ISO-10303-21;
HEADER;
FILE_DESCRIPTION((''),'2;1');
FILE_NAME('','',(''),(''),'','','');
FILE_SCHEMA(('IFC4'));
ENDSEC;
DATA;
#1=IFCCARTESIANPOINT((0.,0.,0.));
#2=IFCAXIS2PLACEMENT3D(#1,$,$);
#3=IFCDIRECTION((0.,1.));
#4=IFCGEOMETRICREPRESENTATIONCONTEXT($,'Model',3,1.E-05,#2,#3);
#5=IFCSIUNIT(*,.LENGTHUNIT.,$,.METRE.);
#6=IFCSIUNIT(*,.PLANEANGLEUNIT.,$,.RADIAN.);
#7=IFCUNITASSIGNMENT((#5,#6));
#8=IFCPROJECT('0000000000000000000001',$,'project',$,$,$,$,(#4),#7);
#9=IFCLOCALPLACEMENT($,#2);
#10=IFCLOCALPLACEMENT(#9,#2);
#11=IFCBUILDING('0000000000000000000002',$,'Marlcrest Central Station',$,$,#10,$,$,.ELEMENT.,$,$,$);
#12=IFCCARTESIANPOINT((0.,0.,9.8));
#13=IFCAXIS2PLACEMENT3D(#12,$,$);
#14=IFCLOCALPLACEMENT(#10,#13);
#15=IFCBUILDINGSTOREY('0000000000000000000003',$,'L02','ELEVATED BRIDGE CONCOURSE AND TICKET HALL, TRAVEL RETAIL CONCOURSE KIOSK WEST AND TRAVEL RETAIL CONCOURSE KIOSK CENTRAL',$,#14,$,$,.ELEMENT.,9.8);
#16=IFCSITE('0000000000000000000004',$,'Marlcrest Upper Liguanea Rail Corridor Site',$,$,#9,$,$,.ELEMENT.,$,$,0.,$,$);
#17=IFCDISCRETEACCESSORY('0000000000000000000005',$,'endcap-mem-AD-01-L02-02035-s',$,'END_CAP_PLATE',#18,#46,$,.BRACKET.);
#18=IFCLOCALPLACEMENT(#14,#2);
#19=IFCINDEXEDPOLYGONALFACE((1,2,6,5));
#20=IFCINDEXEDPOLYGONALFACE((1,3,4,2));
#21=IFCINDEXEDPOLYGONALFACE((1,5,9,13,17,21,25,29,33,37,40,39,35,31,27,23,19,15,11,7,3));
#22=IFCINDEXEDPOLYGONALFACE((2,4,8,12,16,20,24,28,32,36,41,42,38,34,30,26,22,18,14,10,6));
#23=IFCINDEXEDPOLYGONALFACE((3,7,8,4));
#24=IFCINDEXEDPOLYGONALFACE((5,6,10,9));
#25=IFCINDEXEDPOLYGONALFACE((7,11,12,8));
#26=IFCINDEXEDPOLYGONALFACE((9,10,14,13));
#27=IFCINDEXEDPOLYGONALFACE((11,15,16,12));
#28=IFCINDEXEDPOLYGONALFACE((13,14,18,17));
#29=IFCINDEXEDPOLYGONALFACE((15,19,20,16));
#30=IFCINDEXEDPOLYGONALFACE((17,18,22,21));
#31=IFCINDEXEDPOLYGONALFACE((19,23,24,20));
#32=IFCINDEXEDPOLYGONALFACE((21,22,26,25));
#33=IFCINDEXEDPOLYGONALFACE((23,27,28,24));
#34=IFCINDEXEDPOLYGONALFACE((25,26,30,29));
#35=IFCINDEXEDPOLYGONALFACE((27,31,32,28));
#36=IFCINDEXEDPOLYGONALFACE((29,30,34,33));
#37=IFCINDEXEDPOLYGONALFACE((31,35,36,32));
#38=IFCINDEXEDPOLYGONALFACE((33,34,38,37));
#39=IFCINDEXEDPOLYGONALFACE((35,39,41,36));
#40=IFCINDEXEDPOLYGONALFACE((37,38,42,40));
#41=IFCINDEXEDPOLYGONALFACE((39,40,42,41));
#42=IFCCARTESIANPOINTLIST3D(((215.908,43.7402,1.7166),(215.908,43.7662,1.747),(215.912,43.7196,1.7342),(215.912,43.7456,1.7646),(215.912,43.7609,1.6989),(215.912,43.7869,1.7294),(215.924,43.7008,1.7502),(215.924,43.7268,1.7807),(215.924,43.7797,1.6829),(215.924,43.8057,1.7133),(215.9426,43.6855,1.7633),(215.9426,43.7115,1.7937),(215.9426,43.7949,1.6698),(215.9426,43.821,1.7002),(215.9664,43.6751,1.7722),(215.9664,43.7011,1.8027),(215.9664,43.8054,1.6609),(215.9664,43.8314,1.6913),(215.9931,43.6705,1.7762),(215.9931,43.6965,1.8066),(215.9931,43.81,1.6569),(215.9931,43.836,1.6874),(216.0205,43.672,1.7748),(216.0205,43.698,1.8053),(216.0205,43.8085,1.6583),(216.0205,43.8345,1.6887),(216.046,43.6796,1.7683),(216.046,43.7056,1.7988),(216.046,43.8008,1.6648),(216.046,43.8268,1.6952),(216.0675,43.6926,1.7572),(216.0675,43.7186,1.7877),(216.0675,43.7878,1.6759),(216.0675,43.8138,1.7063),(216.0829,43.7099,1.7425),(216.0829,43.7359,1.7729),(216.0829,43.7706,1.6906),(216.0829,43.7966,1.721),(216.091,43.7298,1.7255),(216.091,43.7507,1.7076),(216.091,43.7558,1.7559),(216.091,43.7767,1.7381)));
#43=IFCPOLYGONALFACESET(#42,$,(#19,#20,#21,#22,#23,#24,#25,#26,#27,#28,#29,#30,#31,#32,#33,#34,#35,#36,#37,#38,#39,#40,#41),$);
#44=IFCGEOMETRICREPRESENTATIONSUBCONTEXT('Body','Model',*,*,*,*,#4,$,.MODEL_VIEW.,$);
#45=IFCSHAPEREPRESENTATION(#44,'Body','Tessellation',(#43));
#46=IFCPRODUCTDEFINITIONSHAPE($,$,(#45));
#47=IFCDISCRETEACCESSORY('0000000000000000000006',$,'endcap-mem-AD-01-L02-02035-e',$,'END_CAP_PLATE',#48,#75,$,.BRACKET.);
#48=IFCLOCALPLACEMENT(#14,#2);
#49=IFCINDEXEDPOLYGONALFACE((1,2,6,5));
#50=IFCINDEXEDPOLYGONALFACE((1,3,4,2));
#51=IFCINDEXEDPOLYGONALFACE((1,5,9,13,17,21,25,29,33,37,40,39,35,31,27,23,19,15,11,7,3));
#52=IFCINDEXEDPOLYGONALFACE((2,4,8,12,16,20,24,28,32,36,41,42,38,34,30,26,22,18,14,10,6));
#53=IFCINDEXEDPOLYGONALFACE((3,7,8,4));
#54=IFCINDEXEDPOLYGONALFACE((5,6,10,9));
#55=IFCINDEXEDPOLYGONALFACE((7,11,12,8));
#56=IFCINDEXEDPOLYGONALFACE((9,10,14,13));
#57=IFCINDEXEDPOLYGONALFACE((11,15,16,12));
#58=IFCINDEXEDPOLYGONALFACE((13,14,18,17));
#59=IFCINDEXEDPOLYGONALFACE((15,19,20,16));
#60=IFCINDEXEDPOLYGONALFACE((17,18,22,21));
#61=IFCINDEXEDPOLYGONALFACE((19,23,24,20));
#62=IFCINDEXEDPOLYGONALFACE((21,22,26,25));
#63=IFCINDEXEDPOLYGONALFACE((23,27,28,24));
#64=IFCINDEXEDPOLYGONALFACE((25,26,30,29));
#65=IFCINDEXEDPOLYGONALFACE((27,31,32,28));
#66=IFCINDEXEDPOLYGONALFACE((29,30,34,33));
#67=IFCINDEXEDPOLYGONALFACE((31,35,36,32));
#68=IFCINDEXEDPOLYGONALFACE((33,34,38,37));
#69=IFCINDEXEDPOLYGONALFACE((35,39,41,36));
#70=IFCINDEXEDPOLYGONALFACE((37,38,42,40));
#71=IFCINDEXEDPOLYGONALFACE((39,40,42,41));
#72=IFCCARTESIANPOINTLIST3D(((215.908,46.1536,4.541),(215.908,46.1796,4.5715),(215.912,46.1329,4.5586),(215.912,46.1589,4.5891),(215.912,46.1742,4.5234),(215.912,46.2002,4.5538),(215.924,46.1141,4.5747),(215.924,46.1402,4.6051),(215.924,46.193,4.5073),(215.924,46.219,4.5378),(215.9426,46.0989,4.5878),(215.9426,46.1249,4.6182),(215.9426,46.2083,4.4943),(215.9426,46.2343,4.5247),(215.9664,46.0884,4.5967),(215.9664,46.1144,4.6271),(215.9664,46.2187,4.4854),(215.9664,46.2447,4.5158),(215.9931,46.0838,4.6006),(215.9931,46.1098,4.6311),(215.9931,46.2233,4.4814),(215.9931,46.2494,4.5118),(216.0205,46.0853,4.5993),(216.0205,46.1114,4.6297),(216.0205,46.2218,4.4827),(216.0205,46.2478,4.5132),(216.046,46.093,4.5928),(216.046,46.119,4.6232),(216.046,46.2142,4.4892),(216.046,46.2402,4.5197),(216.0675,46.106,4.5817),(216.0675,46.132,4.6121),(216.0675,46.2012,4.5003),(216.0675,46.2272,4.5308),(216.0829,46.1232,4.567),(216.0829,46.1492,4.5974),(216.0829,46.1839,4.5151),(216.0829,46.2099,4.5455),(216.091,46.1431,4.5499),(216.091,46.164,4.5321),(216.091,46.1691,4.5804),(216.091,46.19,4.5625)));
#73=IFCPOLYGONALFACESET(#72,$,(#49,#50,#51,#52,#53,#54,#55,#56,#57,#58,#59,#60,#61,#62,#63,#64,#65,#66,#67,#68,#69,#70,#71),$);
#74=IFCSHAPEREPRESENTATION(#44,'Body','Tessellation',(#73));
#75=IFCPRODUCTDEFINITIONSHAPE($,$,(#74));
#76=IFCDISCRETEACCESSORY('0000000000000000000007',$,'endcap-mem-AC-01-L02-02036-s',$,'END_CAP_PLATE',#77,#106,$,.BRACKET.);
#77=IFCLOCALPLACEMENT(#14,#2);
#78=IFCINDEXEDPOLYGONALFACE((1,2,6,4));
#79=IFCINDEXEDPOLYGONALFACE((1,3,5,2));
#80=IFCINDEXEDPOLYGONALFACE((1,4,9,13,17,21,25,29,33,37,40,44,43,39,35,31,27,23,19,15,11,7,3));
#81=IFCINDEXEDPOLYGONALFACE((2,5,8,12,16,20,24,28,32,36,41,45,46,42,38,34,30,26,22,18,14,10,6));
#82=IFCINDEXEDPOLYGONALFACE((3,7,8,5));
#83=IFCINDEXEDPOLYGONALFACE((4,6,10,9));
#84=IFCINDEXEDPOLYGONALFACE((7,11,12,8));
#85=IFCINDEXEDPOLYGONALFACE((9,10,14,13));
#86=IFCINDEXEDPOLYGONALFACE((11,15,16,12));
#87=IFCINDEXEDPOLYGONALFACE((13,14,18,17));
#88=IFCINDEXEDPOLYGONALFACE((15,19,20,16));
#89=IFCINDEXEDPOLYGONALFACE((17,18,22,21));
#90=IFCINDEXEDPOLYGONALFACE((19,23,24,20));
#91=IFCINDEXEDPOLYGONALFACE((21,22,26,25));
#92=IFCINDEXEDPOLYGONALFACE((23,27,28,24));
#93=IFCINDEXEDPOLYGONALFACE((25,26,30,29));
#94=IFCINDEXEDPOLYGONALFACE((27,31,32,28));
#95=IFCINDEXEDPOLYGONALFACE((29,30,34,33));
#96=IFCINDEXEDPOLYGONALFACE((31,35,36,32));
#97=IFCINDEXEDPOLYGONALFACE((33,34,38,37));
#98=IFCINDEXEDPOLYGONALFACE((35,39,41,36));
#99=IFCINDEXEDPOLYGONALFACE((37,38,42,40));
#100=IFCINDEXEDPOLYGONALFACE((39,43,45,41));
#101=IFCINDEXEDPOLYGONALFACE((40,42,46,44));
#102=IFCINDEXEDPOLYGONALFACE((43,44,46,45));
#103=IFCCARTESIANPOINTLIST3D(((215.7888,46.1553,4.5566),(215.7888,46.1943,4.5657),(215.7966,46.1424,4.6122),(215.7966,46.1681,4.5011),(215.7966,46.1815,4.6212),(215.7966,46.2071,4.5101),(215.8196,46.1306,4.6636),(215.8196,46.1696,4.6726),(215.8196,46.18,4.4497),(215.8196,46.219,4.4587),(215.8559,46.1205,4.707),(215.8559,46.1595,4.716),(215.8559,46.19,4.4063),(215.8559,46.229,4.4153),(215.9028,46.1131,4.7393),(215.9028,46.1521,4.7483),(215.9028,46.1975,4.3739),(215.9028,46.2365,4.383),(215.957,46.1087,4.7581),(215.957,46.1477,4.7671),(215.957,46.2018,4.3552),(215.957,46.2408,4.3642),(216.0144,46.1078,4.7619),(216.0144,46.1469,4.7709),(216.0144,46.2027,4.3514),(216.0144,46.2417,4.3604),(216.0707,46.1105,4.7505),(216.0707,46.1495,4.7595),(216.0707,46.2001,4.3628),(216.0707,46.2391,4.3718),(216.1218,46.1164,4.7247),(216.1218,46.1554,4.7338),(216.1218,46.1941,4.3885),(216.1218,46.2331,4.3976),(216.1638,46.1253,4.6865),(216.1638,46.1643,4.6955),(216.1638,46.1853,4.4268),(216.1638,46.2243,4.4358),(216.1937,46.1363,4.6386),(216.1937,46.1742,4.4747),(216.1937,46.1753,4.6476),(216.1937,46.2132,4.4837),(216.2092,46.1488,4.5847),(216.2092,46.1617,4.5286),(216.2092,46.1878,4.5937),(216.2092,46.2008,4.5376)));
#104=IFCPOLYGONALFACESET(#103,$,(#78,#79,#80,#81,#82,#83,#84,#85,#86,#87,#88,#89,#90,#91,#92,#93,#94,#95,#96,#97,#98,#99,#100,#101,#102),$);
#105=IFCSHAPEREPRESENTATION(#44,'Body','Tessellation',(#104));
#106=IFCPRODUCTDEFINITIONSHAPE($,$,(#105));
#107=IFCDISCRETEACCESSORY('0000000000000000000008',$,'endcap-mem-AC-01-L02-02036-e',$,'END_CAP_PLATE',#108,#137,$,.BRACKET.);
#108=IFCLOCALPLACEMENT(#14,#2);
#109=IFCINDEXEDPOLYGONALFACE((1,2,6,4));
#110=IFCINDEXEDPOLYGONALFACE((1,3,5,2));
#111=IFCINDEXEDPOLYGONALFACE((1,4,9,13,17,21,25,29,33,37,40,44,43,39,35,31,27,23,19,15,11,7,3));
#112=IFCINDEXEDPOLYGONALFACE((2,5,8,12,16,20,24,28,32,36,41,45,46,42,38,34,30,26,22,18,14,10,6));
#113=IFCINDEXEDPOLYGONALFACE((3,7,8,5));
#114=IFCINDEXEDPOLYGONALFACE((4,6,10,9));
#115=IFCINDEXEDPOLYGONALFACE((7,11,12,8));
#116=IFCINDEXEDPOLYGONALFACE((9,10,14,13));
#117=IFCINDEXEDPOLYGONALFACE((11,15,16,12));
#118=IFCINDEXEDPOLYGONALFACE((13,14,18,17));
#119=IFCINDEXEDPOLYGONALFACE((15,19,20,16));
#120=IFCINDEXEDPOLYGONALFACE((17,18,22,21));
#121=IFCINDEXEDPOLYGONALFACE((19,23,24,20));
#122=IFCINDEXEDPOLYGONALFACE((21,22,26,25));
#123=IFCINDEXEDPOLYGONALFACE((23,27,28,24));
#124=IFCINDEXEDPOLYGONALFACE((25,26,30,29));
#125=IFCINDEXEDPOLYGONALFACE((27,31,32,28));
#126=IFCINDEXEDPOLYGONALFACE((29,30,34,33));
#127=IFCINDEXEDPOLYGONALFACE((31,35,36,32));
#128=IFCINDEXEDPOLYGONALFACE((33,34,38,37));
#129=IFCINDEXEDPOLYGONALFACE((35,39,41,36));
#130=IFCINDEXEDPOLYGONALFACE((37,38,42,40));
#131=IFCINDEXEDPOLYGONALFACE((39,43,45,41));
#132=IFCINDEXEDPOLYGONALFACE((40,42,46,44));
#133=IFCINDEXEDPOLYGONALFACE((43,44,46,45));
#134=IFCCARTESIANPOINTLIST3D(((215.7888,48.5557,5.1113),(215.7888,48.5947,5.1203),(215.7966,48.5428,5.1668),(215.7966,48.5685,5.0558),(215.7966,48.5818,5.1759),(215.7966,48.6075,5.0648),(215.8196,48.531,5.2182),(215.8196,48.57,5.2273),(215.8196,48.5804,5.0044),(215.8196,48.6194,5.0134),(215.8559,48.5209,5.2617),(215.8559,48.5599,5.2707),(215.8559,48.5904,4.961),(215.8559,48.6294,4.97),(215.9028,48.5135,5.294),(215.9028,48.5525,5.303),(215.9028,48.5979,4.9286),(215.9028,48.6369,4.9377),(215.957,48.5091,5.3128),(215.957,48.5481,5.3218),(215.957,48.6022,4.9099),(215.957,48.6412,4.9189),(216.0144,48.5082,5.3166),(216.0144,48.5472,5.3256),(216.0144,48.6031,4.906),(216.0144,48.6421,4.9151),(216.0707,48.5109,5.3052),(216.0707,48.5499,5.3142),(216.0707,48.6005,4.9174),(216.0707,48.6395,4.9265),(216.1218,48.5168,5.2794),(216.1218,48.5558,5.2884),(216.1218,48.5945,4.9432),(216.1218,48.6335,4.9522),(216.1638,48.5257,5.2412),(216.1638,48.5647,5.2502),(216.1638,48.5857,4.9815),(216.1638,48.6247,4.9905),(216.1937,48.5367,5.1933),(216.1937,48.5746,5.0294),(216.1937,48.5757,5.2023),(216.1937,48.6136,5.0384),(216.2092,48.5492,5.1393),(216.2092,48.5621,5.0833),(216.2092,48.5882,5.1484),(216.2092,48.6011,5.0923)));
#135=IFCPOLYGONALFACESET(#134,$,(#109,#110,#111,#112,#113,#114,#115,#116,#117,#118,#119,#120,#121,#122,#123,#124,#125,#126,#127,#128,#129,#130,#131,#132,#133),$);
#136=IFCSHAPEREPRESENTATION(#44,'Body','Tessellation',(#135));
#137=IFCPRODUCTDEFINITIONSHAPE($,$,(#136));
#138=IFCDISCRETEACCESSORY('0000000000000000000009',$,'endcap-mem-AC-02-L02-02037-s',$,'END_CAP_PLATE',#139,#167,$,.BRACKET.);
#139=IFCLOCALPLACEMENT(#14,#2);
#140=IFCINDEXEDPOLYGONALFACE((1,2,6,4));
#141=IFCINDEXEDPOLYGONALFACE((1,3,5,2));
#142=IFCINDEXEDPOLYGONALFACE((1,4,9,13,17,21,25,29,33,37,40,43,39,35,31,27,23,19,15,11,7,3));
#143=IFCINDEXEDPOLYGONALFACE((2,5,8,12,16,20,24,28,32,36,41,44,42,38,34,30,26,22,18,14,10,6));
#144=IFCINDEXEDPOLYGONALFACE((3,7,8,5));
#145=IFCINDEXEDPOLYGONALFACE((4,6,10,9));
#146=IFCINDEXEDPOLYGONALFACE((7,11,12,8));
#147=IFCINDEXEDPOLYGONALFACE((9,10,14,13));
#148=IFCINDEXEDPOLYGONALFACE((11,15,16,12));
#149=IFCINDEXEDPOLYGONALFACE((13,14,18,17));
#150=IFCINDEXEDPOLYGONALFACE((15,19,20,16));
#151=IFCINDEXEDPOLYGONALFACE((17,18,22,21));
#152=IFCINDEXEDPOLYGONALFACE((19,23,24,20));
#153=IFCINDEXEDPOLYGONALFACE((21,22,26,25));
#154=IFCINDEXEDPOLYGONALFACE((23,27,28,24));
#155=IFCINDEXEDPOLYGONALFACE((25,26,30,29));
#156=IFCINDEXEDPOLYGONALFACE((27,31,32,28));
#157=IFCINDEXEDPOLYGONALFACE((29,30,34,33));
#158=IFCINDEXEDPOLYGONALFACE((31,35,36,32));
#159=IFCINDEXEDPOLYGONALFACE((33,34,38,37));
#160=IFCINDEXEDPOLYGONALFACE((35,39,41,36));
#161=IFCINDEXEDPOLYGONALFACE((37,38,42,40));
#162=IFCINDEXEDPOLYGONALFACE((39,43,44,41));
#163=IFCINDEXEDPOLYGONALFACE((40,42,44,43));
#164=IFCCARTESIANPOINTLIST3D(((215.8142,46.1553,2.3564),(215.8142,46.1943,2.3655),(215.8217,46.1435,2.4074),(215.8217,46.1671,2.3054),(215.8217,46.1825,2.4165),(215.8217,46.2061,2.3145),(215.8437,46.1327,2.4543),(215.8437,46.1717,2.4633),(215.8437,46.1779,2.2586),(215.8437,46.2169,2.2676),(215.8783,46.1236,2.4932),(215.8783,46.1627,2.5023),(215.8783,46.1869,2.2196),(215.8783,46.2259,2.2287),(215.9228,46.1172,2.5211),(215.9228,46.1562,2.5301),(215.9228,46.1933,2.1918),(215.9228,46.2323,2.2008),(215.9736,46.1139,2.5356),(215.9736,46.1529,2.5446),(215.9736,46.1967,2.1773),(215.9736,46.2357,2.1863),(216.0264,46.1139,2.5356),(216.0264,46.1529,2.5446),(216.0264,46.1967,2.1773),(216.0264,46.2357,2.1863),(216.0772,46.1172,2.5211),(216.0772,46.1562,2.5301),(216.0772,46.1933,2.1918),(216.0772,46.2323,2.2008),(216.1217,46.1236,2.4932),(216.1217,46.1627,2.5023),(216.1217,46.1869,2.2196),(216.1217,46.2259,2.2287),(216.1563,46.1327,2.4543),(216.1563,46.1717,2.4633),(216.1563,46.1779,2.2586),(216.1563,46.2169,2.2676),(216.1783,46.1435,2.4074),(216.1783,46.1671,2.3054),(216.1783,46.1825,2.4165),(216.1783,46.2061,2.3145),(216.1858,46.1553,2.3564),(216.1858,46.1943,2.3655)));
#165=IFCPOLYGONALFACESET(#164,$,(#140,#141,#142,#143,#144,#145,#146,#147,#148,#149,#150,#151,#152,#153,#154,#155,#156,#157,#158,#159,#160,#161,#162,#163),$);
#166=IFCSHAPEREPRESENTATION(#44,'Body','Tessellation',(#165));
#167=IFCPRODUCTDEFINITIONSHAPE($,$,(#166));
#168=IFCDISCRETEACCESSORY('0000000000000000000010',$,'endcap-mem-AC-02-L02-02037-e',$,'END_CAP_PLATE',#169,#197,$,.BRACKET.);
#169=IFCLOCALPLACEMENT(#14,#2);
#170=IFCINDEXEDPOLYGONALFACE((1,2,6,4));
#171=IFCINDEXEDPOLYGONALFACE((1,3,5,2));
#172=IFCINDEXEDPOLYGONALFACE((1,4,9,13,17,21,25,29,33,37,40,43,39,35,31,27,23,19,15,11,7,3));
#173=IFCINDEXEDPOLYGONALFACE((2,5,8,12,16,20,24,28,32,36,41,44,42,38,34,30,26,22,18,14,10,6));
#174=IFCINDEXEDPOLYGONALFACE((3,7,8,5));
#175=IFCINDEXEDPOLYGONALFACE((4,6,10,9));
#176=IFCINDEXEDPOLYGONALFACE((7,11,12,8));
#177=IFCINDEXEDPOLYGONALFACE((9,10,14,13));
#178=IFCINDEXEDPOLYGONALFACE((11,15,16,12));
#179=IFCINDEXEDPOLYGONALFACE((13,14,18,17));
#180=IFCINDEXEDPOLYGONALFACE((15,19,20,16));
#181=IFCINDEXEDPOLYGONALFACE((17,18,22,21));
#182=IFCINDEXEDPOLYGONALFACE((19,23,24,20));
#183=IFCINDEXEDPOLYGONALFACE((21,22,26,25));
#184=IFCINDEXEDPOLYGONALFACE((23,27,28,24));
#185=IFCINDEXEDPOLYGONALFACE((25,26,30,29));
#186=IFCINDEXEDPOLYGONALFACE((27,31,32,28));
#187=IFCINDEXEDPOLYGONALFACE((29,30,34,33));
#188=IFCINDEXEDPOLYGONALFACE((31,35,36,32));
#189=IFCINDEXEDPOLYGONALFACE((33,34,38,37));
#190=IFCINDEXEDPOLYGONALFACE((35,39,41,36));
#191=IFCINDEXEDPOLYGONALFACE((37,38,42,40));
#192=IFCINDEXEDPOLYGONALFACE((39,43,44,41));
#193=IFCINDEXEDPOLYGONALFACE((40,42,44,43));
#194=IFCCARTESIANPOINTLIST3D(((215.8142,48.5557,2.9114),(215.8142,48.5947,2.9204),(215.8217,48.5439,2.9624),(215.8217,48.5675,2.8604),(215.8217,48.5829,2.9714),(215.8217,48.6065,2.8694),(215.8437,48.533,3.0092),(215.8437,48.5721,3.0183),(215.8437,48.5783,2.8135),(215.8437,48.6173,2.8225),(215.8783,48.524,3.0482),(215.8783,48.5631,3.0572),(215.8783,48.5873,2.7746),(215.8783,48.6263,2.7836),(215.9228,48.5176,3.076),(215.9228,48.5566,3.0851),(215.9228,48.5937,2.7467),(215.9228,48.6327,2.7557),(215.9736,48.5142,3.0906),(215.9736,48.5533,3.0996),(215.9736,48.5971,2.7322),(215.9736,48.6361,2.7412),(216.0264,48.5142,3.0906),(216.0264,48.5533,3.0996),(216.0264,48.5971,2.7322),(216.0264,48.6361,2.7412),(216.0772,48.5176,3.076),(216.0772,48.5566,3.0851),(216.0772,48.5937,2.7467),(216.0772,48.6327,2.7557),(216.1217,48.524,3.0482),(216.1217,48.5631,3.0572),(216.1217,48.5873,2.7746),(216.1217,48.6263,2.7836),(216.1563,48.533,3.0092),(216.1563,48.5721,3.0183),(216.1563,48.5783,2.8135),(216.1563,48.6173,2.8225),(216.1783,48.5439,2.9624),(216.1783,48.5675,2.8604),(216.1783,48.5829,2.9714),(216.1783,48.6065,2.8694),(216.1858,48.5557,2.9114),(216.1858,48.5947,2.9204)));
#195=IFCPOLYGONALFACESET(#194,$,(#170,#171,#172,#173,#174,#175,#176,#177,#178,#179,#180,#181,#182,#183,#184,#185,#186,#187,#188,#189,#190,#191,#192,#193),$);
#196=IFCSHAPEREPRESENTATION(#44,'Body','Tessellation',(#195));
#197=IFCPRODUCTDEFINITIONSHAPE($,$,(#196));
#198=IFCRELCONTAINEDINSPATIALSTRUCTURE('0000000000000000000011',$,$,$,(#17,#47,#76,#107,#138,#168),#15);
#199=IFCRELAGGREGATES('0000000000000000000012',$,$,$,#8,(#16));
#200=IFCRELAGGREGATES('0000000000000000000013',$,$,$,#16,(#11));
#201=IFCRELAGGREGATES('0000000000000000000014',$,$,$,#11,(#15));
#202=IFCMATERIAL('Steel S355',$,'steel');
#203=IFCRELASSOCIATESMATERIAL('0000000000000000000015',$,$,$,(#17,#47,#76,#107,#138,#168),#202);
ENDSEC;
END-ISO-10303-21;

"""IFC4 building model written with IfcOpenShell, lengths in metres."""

from ifc_helpers import new_model, si_unit, direction, frame, origin, origin_2d, place, context, subcontext, project, spatial, circle, extrude, material, element, save


model = new_model("IFC4")

# Units and contexts
model_context = context("Model", 3, precision=1e-05, world=origin(), true_north=direction((0.0, 1.0)))
body_context = subcontext(model_context, "Body", "Model", "MODEL_VIEW")
ifc_project = project(units=[si_unit("LENGTHUNIT", "METRE"), si_unit("PLANEANGLEUNIT", "RADIAN")], contexts=[model_context])

# Site, building, storey
site_placement = place(None, origin())
site = spatial("IfcSite", under=ifc_project, at=site_placement, Name="Marlcrest Upper Liguanea Rail Corridor Site", CompositionType="ELEMENT", RefElevation=0.0)
building_placement = place(site_placement, origin())
building = spatial("IfcBuilding", under=site, at=building_placement, Name="Marlcrest Central Station", CompositionType="ELEMENT")
storey_placement = place(building_placement, frame((0.0, 0.0, 9.8)))
storey = spatial("IfcBuildingStorey", under=building, at=storey_placement, Name="L02", Description="ELEVATED BRIDGE CONCOURSE AND TICKET HALL, TRAVEL RETAIL CONCOURSE KIOSK WEST AND TRAVEL RETAIL CONCOURSE KIOSK CENTRAL", CompositionType="ELEMENT", Elevation=9.8)

# Shared definitions
ifc_material = material(Name="Steel S355", Category="steel")

# Discrete accessories
for number, where, z_axis, x_axis, name in (
    (1, (216.0, 43.7402, 1.7166), (0.0, 0.649625, 0.760255), (-1.0, 0.0, 0.0), "endcap-mem-AD-01-L02-02035-s"),
    (2, (216.0, 46.1536, 4.541), (0.0, 0.649625, 0.760255), (-1.0, 0.0, 0.0), "endcap-mem-AD-01-L02-02035-e"),
):
    element("IfcDiscreteAccessory", number, at=place(storey_placement, frame(where, z_axis=z_axis, x_axis=x_axis)), inside=storey, material=ifc_material, Name=name, ObjectType="END_CAP_PLATE", PredefinedType="BRACKET", context=body_context, shape_type="SweptSolid", body=[
        extrude(circle(Radius=0.092, at=origin_2d()), origin(), (0.0, 0.0, 1.0), 0.04),
    ])
for number, where, z_axis, x_axis, name in (
    (3, (216.0, 46.1553, 4.5566), (0.0, 0.97433, 0.225126), (-1.0, 0.0, 0.0), "endcap-mem-AC-01-L02-02036-s"),
    (4, (216.0, 48.5557, 5.1113), (0.0, 0.97433, 0.225126), (-1.0, 0.0, 0.0), "endcap-mem-AC-01-L02-02036-e"),
):
    element("IfcDiscreteAccessory", number, at=place(storey_placement, frame(where, z_axis=z_axis, x_axis=x_axis)), inside=storey, material=ifc_material, Name=name, ObjectType="END_CAP_PLATE", PredefinedType="BRACKET", context=body_context, shape_type="SweptSolid", body=[
        extrude(circle(Radius=0.2112, at=origin_2d()), origin(), (0.0, 0.0, 1.0), 0.04),
    ])
for number, where, z_axis, x_axis, name in (
    (5, (216.0, 46.1553, 2.3564), (0.0, 0.974308, 0.22522), (-1.0, 0.0, 0.0), "endcap-mem-AC-02-L02-02037-s"),
    (6, (216.0, 48.5557, 2.9114), (0.0, 0.974308, 0.22522), (-1.0, 0.0, 0.0), "endcap-mem-AC-02-L02-02037-e"),
):
    element("IfcDiscreteAccessory", number, at=place(storey_placement, frame(where, z_axis=z_axis, x_axis=x_axis)), inside=storey, material=ifc_material, Name=name, ObjectType="END_CAP_PLATE", PredefinedType="BRACKET", context=body_context, shape_type="SweptSolid", body=[
        extrude(circle(Radius=0.1858, at=origin_2d()), origin(), (0.0, 0.0, 1.0), 0.04),
    ])

save(model, "model.ifc")
